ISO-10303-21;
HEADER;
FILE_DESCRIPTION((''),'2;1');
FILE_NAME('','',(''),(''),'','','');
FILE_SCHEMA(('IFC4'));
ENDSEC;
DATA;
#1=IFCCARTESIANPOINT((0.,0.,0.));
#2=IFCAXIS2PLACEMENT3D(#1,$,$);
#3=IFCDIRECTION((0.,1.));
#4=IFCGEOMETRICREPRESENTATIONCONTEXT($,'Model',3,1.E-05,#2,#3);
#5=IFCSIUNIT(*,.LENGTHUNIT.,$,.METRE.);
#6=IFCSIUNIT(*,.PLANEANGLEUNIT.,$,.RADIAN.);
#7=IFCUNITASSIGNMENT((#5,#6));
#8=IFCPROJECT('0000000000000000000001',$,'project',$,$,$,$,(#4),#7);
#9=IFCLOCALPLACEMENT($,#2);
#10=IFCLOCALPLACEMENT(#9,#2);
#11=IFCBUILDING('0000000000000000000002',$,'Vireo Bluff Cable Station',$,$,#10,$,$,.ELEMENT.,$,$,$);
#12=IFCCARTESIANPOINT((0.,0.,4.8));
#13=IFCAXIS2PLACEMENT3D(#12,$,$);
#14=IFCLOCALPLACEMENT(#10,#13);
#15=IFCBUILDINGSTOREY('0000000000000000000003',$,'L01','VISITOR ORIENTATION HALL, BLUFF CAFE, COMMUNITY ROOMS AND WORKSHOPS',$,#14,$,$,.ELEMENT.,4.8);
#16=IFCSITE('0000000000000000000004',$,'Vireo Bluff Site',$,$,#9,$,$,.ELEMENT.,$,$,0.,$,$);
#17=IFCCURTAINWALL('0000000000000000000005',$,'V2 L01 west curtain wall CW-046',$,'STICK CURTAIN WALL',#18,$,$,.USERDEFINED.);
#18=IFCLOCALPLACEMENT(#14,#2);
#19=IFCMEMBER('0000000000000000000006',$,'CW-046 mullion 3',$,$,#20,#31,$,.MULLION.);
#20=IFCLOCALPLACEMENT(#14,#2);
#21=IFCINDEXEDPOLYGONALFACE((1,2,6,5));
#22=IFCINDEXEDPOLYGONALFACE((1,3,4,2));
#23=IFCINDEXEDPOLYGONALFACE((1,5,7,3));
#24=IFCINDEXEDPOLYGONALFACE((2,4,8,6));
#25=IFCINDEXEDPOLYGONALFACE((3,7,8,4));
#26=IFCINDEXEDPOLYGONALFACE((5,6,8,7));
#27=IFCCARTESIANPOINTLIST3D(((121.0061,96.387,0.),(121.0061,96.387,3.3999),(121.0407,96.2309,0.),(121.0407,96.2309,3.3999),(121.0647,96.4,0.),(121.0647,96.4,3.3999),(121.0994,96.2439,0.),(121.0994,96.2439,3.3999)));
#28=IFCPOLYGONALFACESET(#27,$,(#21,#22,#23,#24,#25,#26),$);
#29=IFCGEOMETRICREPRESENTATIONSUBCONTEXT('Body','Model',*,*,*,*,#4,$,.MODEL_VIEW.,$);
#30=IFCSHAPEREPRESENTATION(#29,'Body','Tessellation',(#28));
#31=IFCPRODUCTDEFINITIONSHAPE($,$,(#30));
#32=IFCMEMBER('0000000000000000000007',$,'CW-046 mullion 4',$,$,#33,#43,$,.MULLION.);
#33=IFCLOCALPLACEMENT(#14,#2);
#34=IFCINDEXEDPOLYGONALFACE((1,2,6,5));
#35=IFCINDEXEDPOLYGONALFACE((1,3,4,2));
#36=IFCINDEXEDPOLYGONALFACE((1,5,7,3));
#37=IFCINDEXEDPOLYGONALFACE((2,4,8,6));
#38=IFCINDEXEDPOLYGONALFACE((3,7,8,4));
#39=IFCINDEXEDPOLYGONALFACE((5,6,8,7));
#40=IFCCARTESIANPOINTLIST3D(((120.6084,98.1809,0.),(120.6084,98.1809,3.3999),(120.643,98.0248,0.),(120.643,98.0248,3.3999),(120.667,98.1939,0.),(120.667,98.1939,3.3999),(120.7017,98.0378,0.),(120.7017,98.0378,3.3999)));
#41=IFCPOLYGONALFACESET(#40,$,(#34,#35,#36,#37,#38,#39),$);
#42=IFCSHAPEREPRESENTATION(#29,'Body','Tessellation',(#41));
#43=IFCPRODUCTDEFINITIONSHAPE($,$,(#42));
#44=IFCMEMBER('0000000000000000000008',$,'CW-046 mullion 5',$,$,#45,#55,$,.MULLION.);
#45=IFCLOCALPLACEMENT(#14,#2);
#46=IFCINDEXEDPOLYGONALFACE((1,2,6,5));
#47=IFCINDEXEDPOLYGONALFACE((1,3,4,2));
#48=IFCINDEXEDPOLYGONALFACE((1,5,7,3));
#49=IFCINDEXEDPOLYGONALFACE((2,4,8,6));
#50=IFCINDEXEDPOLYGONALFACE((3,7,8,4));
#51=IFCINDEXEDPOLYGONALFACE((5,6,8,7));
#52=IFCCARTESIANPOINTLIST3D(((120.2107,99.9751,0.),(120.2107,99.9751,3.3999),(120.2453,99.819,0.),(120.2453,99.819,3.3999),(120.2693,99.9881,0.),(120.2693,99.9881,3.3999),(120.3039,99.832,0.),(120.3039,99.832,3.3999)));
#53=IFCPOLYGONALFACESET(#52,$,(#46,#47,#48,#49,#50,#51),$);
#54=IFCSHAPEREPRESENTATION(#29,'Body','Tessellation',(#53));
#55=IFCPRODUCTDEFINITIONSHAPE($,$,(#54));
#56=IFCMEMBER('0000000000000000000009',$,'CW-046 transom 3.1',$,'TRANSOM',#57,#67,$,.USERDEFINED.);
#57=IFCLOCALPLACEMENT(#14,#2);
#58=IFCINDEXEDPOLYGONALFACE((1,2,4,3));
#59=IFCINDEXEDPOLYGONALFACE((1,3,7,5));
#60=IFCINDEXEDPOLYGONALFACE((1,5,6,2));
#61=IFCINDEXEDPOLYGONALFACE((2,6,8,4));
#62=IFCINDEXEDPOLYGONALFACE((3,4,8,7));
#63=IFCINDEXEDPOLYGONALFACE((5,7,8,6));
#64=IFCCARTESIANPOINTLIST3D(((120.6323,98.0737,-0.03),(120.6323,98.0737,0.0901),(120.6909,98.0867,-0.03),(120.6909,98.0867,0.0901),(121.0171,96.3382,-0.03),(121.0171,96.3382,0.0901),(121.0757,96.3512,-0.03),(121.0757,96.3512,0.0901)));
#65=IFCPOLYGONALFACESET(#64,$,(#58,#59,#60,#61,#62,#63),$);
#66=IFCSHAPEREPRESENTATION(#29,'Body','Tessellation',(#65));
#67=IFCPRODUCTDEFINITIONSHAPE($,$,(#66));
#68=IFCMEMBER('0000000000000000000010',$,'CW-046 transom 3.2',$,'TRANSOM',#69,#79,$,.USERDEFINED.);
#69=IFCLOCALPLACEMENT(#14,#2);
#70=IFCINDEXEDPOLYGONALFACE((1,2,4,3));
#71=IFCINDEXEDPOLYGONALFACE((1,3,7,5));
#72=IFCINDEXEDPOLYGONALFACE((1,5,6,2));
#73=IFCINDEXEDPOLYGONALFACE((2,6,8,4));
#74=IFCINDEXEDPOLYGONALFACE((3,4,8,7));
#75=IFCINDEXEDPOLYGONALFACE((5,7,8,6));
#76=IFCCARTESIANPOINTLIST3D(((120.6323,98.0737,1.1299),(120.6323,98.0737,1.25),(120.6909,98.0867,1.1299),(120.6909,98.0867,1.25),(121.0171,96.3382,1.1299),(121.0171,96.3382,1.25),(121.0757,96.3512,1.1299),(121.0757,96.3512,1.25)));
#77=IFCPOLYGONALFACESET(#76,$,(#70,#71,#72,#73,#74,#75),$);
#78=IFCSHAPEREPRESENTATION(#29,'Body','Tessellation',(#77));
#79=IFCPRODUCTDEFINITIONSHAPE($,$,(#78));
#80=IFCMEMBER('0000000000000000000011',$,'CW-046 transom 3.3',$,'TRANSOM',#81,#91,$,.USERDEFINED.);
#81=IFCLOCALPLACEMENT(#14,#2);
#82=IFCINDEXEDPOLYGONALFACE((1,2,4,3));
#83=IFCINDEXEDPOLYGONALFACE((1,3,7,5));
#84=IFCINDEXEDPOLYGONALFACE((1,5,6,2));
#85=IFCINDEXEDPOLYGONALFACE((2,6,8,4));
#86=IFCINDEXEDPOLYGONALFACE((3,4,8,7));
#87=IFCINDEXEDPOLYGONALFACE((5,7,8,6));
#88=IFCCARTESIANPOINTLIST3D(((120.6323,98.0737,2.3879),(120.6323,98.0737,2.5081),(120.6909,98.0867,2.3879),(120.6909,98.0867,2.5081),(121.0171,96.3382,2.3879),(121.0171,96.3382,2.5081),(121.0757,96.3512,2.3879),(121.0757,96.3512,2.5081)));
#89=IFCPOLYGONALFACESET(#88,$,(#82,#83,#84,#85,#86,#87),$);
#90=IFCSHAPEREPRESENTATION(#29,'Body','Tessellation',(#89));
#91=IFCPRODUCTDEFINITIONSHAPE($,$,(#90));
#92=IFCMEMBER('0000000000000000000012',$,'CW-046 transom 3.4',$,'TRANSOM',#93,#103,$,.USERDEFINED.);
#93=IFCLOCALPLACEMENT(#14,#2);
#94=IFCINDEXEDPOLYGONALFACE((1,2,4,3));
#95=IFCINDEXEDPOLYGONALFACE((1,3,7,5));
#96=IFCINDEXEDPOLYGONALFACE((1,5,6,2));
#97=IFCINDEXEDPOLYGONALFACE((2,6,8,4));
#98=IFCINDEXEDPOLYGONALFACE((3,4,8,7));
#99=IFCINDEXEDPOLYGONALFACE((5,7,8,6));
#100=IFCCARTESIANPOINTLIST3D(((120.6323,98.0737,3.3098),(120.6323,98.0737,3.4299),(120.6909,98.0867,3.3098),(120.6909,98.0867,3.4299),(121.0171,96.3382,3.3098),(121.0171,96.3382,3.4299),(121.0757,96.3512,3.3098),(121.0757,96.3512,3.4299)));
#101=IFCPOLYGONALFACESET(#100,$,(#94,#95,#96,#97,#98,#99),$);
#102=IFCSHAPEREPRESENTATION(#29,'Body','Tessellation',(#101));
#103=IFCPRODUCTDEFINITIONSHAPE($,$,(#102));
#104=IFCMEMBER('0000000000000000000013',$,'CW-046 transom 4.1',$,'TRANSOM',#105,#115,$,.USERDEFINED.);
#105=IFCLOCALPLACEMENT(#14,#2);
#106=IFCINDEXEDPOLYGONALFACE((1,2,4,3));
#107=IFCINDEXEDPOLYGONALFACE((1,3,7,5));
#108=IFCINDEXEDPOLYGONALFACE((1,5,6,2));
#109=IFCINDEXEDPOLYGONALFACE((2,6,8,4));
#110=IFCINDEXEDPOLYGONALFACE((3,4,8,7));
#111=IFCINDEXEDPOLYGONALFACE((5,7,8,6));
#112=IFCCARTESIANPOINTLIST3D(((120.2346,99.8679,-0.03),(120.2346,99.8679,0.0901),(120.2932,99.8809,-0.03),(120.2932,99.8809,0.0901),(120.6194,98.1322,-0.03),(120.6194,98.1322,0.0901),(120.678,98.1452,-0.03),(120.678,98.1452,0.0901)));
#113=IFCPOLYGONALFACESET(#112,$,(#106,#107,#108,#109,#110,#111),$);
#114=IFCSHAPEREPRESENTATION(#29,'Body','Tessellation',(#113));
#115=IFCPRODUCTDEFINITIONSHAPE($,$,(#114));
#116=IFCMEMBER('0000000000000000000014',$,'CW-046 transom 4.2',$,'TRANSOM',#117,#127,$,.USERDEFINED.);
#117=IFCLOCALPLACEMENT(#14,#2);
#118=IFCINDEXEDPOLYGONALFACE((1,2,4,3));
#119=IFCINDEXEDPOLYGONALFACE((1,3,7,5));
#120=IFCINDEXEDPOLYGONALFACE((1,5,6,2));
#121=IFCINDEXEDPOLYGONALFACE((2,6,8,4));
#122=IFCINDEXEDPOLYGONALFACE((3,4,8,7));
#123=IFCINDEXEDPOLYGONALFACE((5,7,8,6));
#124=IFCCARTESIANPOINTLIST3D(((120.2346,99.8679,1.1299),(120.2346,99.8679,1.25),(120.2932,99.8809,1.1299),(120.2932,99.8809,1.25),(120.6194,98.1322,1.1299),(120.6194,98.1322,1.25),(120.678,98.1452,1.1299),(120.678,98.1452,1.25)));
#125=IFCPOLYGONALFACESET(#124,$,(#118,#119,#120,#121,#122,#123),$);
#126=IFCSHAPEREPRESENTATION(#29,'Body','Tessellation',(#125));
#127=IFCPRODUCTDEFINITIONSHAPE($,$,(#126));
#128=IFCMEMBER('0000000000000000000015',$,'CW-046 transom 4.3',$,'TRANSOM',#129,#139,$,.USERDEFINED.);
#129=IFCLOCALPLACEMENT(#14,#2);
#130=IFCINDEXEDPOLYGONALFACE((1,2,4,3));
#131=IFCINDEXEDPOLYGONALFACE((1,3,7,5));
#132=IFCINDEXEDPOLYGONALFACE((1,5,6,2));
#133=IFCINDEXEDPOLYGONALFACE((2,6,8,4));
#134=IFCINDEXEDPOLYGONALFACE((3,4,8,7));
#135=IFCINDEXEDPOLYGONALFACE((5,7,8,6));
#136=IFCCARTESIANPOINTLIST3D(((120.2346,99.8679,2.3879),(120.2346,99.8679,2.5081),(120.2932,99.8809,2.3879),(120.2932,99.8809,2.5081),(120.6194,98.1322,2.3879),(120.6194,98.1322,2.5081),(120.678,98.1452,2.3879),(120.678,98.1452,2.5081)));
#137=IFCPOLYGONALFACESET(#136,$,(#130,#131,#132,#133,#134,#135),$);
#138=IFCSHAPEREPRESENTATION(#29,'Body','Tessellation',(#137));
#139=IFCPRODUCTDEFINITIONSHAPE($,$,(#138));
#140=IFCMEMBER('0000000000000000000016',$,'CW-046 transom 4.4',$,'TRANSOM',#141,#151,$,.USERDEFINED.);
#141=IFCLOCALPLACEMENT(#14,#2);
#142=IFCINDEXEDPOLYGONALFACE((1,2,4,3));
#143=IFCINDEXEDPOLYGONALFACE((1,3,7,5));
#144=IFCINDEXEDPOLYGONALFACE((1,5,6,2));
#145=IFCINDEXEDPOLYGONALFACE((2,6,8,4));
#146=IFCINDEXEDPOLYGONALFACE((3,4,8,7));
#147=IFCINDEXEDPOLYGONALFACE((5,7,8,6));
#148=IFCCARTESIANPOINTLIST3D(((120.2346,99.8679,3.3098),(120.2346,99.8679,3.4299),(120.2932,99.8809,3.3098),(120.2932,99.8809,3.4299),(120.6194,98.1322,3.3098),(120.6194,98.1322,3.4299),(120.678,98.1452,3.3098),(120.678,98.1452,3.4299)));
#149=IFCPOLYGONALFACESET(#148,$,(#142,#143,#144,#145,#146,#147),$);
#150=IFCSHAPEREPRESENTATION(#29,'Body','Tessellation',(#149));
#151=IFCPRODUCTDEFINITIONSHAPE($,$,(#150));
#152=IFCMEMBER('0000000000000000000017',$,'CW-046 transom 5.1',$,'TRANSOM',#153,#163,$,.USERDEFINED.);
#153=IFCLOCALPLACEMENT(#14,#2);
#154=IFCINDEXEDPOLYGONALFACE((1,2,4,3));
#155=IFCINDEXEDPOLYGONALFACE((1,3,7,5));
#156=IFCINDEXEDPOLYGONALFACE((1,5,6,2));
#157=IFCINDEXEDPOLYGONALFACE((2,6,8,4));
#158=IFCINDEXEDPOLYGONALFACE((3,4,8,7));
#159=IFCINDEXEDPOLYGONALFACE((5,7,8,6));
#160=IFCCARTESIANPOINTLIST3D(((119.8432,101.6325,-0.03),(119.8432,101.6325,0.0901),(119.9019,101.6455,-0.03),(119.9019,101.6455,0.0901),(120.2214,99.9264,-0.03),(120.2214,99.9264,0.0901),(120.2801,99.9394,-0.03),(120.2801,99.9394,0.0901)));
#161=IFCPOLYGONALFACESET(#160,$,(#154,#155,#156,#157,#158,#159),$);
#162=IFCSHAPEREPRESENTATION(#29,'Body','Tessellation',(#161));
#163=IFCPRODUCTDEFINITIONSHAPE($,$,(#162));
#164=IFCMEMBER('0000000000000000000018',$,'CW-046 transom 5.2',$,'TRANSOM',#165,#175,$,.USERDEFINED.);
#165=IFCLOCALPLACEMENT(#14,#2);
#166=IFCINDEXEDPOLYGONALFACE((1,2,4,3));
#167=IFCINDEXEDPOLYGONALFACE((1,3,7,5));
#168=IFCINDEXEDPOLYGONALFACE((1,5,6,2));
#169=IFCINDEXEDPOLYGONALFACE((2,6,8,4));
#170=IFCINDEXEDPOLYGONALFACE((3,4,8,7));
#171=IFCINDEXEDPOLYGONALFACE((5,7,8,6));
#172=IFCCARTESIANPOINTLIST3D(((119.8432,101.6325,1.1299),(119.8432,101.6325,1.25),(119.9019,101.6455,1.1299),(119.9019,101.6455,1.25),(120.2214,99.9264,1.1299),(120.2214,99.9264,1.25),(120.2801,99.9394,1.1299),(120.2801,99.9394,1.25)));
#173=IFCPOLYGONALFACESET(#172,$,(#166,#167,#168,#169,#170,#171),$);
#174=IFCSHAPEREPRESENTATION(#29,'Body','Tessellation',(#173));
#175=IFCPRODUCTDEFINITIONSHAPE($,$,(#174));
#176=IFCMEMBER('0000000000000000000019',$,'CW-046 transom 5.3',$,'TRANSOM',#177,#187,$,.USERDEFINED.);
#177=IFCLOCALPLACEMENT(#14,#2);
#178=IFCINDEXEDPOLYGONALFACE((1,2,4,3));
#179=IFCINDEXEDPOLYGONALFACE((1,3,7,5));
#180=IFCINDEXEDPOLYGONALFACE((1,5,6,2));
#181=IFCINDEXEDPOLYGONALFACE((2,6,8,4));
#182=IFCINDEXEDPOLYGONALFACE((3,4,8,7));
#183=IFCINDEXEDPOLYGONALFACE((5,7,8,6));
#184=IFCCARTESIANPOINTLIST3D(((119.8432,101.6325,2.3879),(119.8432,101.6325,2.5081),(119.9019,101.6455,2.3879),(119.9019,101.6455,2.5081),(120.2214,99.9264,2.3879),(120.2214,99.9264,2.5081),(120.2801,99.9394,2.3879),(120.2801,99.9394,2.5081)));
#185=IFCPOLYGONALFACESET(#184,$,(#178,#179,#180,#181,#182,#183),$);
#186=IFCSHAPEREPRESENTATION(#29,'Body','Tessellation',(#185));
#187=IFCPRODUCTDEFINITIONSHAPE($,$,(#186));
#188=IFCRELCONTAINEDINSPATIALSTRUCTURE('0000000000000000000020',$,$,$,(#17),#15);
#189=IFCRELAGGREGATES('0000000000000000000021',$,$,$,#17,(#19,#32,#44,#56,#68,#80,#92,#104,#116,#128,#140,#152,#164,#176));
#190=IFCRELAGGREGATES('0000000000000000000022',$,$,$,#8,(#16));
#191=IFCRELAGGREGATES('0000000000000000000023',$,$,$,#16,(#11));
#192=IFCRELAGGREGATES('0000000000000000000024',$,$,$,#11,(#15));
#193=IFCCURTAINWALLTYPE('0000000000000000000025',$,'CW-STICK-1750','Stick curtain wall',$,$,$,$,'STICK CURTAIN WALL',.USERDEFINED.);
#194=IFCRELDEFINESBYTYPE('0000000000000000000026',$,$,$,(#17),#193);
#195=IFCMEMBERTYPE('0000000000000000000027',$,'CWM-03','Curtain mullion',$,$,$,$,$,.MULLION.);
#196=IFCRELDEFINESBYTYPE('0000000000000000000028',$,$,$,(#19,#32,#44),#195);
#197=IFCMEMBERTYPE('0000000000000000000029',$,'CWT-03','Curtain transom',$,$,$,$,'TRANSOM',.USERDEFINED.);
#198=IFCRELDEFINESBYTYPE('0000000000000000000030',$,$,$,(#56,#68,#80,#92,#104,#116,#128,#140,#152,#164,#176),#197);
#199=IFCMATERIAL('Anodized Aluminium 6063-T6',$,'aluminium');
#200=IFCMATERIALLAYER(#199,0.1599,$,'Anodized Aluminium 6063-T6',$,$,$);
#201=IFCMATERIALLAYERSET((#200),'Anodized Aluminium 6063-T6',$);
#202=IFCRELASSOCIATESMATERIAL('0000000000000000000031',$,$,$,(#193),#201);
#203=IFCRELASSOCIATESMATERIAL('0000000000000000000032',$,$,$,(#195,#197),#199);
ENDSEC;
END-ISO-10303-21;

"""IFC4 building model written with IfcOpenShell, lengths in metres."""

from ifc_helpers import new_model, si_unit, direction, frame, origin, origin_2d, place, context, subcontext, project, spatial, rectangle, extrude, material, layer, layer_set, material_profile, profile_set, type_object, element, aggregate, save


model = new_model("IFC4")

# Units and contexts
model_context = context("Model", 3, precision=1e-05, world=origin(), true_north=direction((0.0, 1.0)))
body_context = subcontext(model_context, "Body", "Model", "MODEL_VIEW")
ifc_project = project(units=[si_unit("LENGTHUNIT", "METRE"), si_unit("PLANEANGLEUNIT", "RADIAN")], contexts=[model_context])

# Site, building, storey
site_placement = place(None, origin())
site = spatial("IfcSite", under=ifc_project, at=site_placement, Name="Vireo Bluff Site", CompositionType="ELEMENT", RefElevation=0.0)
building_placement = place(site_placement, origin())
building = spatial("IfcBuilding", under=site, at=building_placement, Name="Vireo Bluff Cable Station", CompositionType="ELEMENT")
storey_placement = place(building_placement, frame((0.0, 0.0, 4.8)))
storey = spatial("IfcBuildingStorey", under=building, at=storey_placement, Name="L01", Description="VISITOR ORIENTATION HALL, BLUFF CAFE, COMMUNITY ROOMS AND WORKSHOPS", CompositionType="ELEMENT", Elevation=4.8)

# Curtain wall, members
ifc_material_1 = material(Name="Anodized Aluminium 6063-T6", Category="aluminium")
ifc_layer_1 = layer(ifc_material_1, 0.1599, Name="Anodized Aluminium 6063-T6")
ifc_layer_set_1 = layer_set([ifc_layer_1], Name="Anodized Aluminium 6063-T6")
curtain_wall_type = type_object("IfcCurtainWallType", Name="CW-STICK-1750", Description="Stick curtain wall", ElementType="STICK CURTAIN WALL", PredefinedType="USERDEFINED", material=ifc_layer_set_1)
curtain_wall_placement = place(storey_placement, origin())
curtain_wall = element("IfcCurtainWall", 1, at=curtain_wall_placement, inside=storey, type_object=curtain_wall_type, Name="V2 L01 west curtain wall CW-046", ObjectType="STICK CURTAIN WALL", PredefinedType="USERDEFINED")
ifc_material_profile_1 = material_profile(ifc_material_1, rectangle(XDim=0.0601, YDim=0.1599, at=origin_2d()), Name="ALU-M-60X160")
ifc_profile_set_1 = profile_set([ifc_material_profile_1], Name="Anodized Aluminium 6063-T6")
member_type_1 = type_object("IfcMemberType", Name="CWM-03", Description="Curtain mullion", PredefinedType="MULLION", material=ifc_profile_set_1)
member_1_placement = place(storey_placement, frame((121.0527, 96.3154, 0.0), z_axis=(0.0, 0.0, 1.0), x_axis=(-0.976296, -0.21644, 0.0)))
member_1 = element("IfcMember", 2, at=member_1_placement, type_object=member_type_1, Name="CW-046 mullion 3", PredefinedType="MULLION", context=body_context, shape_type="SweptSolid", body=[
    extrude(rectangle(XDim=0.0601, YDim=0.1599, at=origin_2d()), origin(), (0.0, 0.0, 1.0), 3.3999),
])
member_2_placement = place(storey_placement, frame((120.655, 98.1094, 0.0), z_axis=(0.0, 0.0, 1.0), x_axis=(-0.976296, -0.21644, 0.0)))
member_2 = element("IfcMember", 3, at=member_2_placement, type_object=member_type_1, Name="CW-046 mullion 4", PredefinedType="MULLION", context=body_context, shape_type="SweptSolid", body=[
    extrude(rectangle(XDim=0.0601, YDim=0.1599, at=origin_2d()), origin(), (0.0, 0.0, 1.0), 3.3999),
])
member_3_placement = place(storey_placement, frame((120.2573, 99.9036, 0.0), z_axis=(0.0, 0.0, 1.0), x_axis=(-0.976296, -0.21644, 0.0)))
member_3 = element("IfcMember", 4, at=member_3_placement, type_object=member_type_1, Name="CW-046 mullion 5", PredefinedType="MULLION", context=body_context, shape_type="SweptSolid", body=[
    extrude(rectangle(XDim=0.0601, YDim=0.1599, at=origin_2d()), origin(), (0.0, 0.0, 1.0), 3.3999),
])
ifc_material_profile_2 = material_profile(ifc_material_1, rectangle(XDim=0.0601, YDim=0.1201, at=origin_2d()), Name="ALU-T-60X120")
ifc_profile_set_2 = profile_set([ifc_material_profile_2], Name="Anodized Aluminium 6063-T6")
member_type_2 = type_object("IfcMemberType", Name="CWT-03", Description="Curtain transom", ElementType="TRANSOM", PredefinedType="USERDEFINED", material=ifc_profile_set_2)
member_4_placement = place(storey_placement, frame((121.0464, 96.3447, 0.03), z_axis=(-0.216465, 0.97629, 0.0), x_axis=(-0.97629, -0.216465, 0.0)))
member_4 = element("IfcMember", 5, at=member_4_placement, type_object=member_type_2, Name="CW-046 transom 3.1", ObjectType="TRANSOM", PredefinedType="USERDEFINED", context=body_context, shape_type="SweptSolid", body=[
    extrude(rectangle(XDim=0.0601, YDim=0.1201, at=origin_2d()), origin(), (0.0, 0.0, 1.0), 1.7776),
])
member_5_placement = place(storey_placement, frame((121.0464, 96.3447, 1.1899), z_axis=(-0.216465, 0.97629, 0.0), x_axis=(-0.97629, -0.216465, 0.0)))
member_5 = element("IfcMember", 6, at=member_5_placement, type_object=member_type_2, Name="CW-046 transom 3.2", ObjectType="TRANSOM", PredefinedType="USERDEFINED", context=body_context, shape_type="SweptSolid", body=[
    extrude(rectangle(XDim=0.0601, YDim=0.1201, at=origin_2d()), origin(), (0.0, 0.0, 1.0), 1.7776),
])
member_6_placement = place(storey_placement, frame((121.0464, 96.3447, 2.448), z_axis=(-0.216465, 0.97629, 0.0), x_axis=(-0.97629, -0.216465, 0.0)))
member_6 = element("IfcMember", 7, at=member_6_placement, type_object=member_type_2, Name="CW-046 transom 3.3", ObjectType="TRANSOM", PredefinedType="USERDEFINED", context=body_context, shape_type="SweptSolid", body=[
    extrude(rectangle(XDim=0.0601, YDim=0.1201, at=origin_2d()), origin(), (0.0, 0.0, 1.0), 1.7776),
])
member_7_placement = place(storey_placement, frame((121.0464, 96.3447, 3.3699), z_axis=(-0.216465, 0.97629, 0.0), x_axis=(-0.97629, -0.216465, 0.0)))
member_7 = element("IfcMember", 8, at=member_7_placement, type_object=member_type_2, Name="CW-046 transom 3.4", ObjectType="TRANSOM", PredefinedType="USERDEFINED", context=body_context, shape_type="SweptSolid", body=[
    extrude(rectangle(XDim=0.0601, YDim=0.1201, at=origin_2d()), origin(), (0.0, 0.0, 1.0), 1.7776),
])
member_8_placement = place(storey_placement, frame((120.6487, 98.1387, 0.03), z_axis=(-0.216436, 0.976297, 0.0), x_axis=(-0.976297, -0.216436, 0.0)))
member_8 = element("IfcMember", 9, at=member_8_placement, type_object=member_type_2, Name="CW-046 transom 4.1", ObjectType="TRANSOM", PredefinedType="USERDEFINED", context=body_context, shape_type="SweptSolid", body=[
    extrude(rectangle(XDim=0.0601, YDim=0.1201, at=origin_2d()), origin(), (0.0, 0.0, 1.0), 1.7778),
])
member_9_placement = place(storey_placement, frame((120.6487, 98.1387, 1.1899), z_axis=(-0.216436, 0.976297, 0.0), x_axis=(-0.976297, -0.216436, 0.0)))
member_9 = element("IfcMember", 10, at=member_9_placement, type_object=member_type_2, Name="CW-046 transom 4.2", ObjectType="TRANSOM", PredefinedType="USERDEFINED", context=body_context, shape_type="SweptSolid", body=[
    extrude(rectangle(XDim=0.0601, YDim=0.1201, at=origin_2d()), origin(), (0.0, 0.0, 1.0), 1.7778),
])
member_10_placement = place(storey_placement, frame((120.6487, 98.1387, 2.448), z_axis=(-0.216436, 0.976297, 0.0), x_axis=(-0.976297, -0.216436, 0.0)))
member_10 = element("IfcMember", 11, at=member_10_placement, type_object=member_type_2, Name="CW-046 transom 4.3", ObjectType="TRANSOM", PredefinedType="USERDEFINED", context=body_context, shape_type="SweptSolid", body=[
    extrude(rectangle(XDim=0.0601, YDim=0.1201, at=origin_2d()), origin(), (0.0, 0.0, 1.0), 1.7778),
])
member_11_placement = place(storey_placement, frame((120.6487, 98.1387, 3.3699), z_axis=(-0.216436, 0.976297, 0.0), x_axis=(-0.976297, -0.216436, 0.0)))
member_11 = element("IfcMember", 12, at=member_11_placement, type_object=member_type_2, Name="CW-046 transom 4.4", ObjectType="TRANSOM", PredefinedType="USERDEFINED", context=body_context, shape_type="SweptSolid", body=[
    extrude(rectangle(XDim=0.0601, YDim=0.1201, at=origin_2d()), origin(), (0.0, 0.0, 1.0), 1.7778),
])
member_12_placement = place(storey_placement, frame((120.2507, 99.9329, 0.03), z_axis=(-0.216413, 0.976302, 0.0), x_axis=(-0.976302, -0.216413, 0.0)))
member_12 = element("IfcMember", 13, at=member_12_placement, type_object=member_type_2, Name="CW-046 transom 5.1", ObjectType="TRANSOM", PredefinedType="USERDEFINED", context=body_context, shape_type="SweptSolid", body=[
    extrude(rectangle(XDim=0.0601, YDim=0.1201, at=origin_2d()), origin(), (0.0, 0.0, 1.0), 1.7476),
])
member_13_placement = place(storey_placement, frame((120.2507, 99.9329, 1.1899), z_axis=(-0.216413, 0.976302, 0.0), x_axis=(-0.976302, -0.216413, 0.0)))
member_13 = element("IfcMember", 14, at=member_13_placement, type_object=member_type_2, Name="CW-046 transom 5.2", ObjectType="TRANSOM", PredefinedType="USERDEFINED", context=body_context, shape_type="SweptSolid", body=[
    extrude(rectangle(XDim=0.0601, YDim=0.1201, at=origin_2d()), origin(), (0.0, 0.0, 1.0), 1.7476),
])
member_14_placement = place(storey_placement, frame((120.2507, 99.9329, 2.448), z_axis=(-0.216413, 0.976302, 0.0), x_axis=(-0.976302, -0.216413, 0.0)))
member_14 = element("IfcMember", 15, at=member_14_placement, type_object=member_type_2, Name="CW-046 transom 5.3", ObjectType="TRANSOM", PredefinedType="USERDEFINED", context=body_context, shape_type="SweptSolid", body=[
    extrude(rectangle(XDim=0.0601, YDim=0.1201, at=origin_2d()), origin(), (0.0, 0.0, 1.0), 1.7476),
])

aggregate(curtain_wall, [member_1, member_2, member_3, member_4, member_5, member_6, member_7, member_8, member_9, member_10, member_11, member_12, member_13, member_14])

save(model, "model.ifc")
